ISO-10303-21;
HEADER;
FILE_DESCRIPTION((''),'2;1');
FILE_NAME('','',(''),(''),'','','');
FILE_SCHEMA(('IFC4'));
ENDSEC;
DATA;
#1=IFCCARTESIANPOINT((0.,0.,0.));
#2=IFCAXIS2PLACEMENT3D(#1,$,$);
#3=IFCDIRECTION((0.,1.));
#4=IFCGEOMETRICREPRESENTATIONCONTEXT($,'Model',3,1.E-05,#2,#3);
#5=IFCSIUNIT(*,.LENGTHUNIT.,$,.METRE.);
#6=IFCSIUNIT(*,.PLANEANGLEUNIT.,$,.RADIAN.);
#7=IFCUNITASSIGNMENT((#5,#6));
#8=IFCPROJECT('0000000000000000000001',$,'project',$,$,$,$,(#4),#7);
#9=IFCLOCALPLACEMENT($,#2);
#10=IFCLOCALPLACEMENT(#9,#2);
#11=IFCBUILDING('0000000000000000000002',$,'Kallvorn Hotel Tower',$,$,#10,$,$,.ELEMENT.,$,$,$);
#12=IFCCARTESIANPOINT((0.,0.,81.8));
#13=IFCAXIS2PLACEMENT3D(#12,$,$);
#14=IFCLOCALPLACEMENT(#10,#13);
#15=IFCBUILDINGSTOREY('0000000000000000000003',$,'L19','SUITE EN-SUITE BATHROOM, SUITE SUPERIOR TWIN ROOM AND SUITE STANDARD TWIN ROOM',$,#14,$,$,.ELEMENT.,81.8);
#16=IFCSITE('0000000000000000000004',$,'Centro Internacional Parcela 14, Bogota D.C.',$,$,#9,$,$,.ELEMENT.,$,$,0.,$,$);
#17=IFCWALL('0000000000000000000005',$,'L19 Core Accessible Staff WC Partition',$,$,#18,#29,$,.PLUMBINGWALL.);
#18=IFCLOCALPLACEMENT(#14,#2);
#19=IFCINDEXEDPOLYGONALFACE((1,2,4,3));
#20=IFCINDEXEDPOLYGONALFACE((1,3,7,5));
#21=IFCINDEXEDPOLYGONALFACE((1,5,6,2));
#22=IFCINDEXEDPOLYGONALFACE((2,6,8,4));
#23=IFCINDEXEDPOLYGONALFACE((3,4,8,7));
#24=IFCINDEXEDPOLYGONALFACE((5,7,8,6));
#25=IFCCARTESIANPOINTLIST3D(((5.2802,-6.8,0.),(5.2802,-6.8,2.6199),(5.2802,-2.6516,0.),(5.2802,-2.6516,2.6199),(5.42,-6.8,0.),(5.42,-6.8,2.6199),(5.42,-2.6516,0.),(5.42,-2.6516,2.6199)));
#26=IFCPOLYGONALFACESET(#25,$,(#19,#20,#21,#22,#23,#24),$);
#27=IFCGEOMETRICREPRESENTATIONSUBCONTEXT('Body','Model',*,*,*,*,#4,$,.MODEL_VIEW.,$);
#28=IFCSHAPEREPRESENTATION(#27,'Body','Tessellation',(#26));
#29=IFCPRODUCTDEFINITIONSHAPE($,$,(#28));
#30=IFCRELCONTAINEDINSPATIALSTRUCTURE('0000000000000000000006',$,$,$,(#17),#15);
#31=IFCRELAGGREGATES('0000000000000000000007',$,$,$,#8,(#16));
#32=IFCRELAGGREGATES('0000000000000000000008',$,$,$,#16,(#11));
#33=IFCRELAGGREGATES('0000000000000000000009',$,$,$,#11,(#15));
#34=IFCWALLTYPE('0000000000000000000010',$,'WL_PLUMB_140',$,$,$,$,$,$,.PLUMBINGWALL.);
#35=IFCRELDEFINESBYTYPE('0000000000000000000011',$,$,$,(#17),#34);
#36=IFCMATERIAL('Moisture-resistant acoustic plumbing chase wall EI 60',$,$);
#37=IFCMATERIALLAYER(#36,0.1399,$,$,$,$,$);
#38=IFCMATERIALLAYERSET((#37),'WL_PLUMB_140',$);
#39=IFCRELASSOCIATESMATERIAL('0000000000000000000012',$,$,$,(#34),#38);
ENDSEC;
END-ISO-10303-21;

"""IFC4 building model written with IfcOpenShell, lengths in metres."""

from ifc_helpers import new_model, si_unit, direction, frame, frame_2d, origin, place, context, subcontext, project, spatial, rectangle, extrude, material, layer, layer_set, type_object, element, save


model = new_model("IFC4")

# Units and contexts
model_context = context("Model", 3, precision=1e-05, world=origin(), true_north=direction((0.0, 1.0)))
body_context = subcontext(model_context, "Body", "Model", "MODEL_VIEW")
ifc_project = project(units=[si_unit("LENGTHUNIT", "METRE"), si_unit("PLANEANGLEUNIT", "RADIAN")], contexts=[model_context])

# Site, building, storey
site_placement = place(None, origin())
site = spatial("IfcSite", under=ifc_project, at=site_placement, Name="Centro Internacional Parcela 14, Bogota D.C.", CompositionType="ELEMENT", RefElevation=0.0)
building_placement = place(site_placement, origin())
building = spatial("IfcBuilding", under=site, at=building_placement, Name="Kallvorn Hotel Tower", CompositionType="ELEMENT")
storey_placement = place(building_placement, frame((0.0, 0.0, 81.8)))
storey = spatial("IfcBuildingStorey", under=building, at=storey_placement, Name="L19", Description="SUITE EN-SUITE BATHROOM, SUITE SUPERIOR TWIN ROOM AND SUITE STANDARD TWIN ROOM", CompositionType="ELEMENT", Elevation=81.8)

# Wall
ifc_material_1 = material(Name="Moisture-resistant acoustic plumbing chase wall EI 60")
ifc_layer_1 = layer(ifc_material_1, 0.1399)
ifc_layer_set_1 = layer_set([ifc_layer_1], Name="WL_PLUMB_140")
wall_type_1 = type_object("IfcWallType", Name="WL_PLUMB_140", PredefinedType="PLUMBINGWALL", material=ifc_layer_set_1)
wall_1_placement = place(storey_placement, frame((5.3501, -6.8, 0.0), z_axis=(0.0, 0.0, 1.0), x_axis=(0.0, 1.0, 0.0)))
element("IfcWall", 1, at=wall_1_placement, inside=storey, type_object=wall_type_1, Name="L19 Core Accessible Staff WC Partition", PredefinedType="PLUMBINGWALL", context=body_context, shape_type="SweptSolid", body=[
    extrude(rectangle(XDim=4.1484, YDim=0.1399, at=frame_2d((2.0742, 0.0))), origin(), (0.0, 0.0, 1.0), 2.6199),
])

save(model, "model.ifc")
